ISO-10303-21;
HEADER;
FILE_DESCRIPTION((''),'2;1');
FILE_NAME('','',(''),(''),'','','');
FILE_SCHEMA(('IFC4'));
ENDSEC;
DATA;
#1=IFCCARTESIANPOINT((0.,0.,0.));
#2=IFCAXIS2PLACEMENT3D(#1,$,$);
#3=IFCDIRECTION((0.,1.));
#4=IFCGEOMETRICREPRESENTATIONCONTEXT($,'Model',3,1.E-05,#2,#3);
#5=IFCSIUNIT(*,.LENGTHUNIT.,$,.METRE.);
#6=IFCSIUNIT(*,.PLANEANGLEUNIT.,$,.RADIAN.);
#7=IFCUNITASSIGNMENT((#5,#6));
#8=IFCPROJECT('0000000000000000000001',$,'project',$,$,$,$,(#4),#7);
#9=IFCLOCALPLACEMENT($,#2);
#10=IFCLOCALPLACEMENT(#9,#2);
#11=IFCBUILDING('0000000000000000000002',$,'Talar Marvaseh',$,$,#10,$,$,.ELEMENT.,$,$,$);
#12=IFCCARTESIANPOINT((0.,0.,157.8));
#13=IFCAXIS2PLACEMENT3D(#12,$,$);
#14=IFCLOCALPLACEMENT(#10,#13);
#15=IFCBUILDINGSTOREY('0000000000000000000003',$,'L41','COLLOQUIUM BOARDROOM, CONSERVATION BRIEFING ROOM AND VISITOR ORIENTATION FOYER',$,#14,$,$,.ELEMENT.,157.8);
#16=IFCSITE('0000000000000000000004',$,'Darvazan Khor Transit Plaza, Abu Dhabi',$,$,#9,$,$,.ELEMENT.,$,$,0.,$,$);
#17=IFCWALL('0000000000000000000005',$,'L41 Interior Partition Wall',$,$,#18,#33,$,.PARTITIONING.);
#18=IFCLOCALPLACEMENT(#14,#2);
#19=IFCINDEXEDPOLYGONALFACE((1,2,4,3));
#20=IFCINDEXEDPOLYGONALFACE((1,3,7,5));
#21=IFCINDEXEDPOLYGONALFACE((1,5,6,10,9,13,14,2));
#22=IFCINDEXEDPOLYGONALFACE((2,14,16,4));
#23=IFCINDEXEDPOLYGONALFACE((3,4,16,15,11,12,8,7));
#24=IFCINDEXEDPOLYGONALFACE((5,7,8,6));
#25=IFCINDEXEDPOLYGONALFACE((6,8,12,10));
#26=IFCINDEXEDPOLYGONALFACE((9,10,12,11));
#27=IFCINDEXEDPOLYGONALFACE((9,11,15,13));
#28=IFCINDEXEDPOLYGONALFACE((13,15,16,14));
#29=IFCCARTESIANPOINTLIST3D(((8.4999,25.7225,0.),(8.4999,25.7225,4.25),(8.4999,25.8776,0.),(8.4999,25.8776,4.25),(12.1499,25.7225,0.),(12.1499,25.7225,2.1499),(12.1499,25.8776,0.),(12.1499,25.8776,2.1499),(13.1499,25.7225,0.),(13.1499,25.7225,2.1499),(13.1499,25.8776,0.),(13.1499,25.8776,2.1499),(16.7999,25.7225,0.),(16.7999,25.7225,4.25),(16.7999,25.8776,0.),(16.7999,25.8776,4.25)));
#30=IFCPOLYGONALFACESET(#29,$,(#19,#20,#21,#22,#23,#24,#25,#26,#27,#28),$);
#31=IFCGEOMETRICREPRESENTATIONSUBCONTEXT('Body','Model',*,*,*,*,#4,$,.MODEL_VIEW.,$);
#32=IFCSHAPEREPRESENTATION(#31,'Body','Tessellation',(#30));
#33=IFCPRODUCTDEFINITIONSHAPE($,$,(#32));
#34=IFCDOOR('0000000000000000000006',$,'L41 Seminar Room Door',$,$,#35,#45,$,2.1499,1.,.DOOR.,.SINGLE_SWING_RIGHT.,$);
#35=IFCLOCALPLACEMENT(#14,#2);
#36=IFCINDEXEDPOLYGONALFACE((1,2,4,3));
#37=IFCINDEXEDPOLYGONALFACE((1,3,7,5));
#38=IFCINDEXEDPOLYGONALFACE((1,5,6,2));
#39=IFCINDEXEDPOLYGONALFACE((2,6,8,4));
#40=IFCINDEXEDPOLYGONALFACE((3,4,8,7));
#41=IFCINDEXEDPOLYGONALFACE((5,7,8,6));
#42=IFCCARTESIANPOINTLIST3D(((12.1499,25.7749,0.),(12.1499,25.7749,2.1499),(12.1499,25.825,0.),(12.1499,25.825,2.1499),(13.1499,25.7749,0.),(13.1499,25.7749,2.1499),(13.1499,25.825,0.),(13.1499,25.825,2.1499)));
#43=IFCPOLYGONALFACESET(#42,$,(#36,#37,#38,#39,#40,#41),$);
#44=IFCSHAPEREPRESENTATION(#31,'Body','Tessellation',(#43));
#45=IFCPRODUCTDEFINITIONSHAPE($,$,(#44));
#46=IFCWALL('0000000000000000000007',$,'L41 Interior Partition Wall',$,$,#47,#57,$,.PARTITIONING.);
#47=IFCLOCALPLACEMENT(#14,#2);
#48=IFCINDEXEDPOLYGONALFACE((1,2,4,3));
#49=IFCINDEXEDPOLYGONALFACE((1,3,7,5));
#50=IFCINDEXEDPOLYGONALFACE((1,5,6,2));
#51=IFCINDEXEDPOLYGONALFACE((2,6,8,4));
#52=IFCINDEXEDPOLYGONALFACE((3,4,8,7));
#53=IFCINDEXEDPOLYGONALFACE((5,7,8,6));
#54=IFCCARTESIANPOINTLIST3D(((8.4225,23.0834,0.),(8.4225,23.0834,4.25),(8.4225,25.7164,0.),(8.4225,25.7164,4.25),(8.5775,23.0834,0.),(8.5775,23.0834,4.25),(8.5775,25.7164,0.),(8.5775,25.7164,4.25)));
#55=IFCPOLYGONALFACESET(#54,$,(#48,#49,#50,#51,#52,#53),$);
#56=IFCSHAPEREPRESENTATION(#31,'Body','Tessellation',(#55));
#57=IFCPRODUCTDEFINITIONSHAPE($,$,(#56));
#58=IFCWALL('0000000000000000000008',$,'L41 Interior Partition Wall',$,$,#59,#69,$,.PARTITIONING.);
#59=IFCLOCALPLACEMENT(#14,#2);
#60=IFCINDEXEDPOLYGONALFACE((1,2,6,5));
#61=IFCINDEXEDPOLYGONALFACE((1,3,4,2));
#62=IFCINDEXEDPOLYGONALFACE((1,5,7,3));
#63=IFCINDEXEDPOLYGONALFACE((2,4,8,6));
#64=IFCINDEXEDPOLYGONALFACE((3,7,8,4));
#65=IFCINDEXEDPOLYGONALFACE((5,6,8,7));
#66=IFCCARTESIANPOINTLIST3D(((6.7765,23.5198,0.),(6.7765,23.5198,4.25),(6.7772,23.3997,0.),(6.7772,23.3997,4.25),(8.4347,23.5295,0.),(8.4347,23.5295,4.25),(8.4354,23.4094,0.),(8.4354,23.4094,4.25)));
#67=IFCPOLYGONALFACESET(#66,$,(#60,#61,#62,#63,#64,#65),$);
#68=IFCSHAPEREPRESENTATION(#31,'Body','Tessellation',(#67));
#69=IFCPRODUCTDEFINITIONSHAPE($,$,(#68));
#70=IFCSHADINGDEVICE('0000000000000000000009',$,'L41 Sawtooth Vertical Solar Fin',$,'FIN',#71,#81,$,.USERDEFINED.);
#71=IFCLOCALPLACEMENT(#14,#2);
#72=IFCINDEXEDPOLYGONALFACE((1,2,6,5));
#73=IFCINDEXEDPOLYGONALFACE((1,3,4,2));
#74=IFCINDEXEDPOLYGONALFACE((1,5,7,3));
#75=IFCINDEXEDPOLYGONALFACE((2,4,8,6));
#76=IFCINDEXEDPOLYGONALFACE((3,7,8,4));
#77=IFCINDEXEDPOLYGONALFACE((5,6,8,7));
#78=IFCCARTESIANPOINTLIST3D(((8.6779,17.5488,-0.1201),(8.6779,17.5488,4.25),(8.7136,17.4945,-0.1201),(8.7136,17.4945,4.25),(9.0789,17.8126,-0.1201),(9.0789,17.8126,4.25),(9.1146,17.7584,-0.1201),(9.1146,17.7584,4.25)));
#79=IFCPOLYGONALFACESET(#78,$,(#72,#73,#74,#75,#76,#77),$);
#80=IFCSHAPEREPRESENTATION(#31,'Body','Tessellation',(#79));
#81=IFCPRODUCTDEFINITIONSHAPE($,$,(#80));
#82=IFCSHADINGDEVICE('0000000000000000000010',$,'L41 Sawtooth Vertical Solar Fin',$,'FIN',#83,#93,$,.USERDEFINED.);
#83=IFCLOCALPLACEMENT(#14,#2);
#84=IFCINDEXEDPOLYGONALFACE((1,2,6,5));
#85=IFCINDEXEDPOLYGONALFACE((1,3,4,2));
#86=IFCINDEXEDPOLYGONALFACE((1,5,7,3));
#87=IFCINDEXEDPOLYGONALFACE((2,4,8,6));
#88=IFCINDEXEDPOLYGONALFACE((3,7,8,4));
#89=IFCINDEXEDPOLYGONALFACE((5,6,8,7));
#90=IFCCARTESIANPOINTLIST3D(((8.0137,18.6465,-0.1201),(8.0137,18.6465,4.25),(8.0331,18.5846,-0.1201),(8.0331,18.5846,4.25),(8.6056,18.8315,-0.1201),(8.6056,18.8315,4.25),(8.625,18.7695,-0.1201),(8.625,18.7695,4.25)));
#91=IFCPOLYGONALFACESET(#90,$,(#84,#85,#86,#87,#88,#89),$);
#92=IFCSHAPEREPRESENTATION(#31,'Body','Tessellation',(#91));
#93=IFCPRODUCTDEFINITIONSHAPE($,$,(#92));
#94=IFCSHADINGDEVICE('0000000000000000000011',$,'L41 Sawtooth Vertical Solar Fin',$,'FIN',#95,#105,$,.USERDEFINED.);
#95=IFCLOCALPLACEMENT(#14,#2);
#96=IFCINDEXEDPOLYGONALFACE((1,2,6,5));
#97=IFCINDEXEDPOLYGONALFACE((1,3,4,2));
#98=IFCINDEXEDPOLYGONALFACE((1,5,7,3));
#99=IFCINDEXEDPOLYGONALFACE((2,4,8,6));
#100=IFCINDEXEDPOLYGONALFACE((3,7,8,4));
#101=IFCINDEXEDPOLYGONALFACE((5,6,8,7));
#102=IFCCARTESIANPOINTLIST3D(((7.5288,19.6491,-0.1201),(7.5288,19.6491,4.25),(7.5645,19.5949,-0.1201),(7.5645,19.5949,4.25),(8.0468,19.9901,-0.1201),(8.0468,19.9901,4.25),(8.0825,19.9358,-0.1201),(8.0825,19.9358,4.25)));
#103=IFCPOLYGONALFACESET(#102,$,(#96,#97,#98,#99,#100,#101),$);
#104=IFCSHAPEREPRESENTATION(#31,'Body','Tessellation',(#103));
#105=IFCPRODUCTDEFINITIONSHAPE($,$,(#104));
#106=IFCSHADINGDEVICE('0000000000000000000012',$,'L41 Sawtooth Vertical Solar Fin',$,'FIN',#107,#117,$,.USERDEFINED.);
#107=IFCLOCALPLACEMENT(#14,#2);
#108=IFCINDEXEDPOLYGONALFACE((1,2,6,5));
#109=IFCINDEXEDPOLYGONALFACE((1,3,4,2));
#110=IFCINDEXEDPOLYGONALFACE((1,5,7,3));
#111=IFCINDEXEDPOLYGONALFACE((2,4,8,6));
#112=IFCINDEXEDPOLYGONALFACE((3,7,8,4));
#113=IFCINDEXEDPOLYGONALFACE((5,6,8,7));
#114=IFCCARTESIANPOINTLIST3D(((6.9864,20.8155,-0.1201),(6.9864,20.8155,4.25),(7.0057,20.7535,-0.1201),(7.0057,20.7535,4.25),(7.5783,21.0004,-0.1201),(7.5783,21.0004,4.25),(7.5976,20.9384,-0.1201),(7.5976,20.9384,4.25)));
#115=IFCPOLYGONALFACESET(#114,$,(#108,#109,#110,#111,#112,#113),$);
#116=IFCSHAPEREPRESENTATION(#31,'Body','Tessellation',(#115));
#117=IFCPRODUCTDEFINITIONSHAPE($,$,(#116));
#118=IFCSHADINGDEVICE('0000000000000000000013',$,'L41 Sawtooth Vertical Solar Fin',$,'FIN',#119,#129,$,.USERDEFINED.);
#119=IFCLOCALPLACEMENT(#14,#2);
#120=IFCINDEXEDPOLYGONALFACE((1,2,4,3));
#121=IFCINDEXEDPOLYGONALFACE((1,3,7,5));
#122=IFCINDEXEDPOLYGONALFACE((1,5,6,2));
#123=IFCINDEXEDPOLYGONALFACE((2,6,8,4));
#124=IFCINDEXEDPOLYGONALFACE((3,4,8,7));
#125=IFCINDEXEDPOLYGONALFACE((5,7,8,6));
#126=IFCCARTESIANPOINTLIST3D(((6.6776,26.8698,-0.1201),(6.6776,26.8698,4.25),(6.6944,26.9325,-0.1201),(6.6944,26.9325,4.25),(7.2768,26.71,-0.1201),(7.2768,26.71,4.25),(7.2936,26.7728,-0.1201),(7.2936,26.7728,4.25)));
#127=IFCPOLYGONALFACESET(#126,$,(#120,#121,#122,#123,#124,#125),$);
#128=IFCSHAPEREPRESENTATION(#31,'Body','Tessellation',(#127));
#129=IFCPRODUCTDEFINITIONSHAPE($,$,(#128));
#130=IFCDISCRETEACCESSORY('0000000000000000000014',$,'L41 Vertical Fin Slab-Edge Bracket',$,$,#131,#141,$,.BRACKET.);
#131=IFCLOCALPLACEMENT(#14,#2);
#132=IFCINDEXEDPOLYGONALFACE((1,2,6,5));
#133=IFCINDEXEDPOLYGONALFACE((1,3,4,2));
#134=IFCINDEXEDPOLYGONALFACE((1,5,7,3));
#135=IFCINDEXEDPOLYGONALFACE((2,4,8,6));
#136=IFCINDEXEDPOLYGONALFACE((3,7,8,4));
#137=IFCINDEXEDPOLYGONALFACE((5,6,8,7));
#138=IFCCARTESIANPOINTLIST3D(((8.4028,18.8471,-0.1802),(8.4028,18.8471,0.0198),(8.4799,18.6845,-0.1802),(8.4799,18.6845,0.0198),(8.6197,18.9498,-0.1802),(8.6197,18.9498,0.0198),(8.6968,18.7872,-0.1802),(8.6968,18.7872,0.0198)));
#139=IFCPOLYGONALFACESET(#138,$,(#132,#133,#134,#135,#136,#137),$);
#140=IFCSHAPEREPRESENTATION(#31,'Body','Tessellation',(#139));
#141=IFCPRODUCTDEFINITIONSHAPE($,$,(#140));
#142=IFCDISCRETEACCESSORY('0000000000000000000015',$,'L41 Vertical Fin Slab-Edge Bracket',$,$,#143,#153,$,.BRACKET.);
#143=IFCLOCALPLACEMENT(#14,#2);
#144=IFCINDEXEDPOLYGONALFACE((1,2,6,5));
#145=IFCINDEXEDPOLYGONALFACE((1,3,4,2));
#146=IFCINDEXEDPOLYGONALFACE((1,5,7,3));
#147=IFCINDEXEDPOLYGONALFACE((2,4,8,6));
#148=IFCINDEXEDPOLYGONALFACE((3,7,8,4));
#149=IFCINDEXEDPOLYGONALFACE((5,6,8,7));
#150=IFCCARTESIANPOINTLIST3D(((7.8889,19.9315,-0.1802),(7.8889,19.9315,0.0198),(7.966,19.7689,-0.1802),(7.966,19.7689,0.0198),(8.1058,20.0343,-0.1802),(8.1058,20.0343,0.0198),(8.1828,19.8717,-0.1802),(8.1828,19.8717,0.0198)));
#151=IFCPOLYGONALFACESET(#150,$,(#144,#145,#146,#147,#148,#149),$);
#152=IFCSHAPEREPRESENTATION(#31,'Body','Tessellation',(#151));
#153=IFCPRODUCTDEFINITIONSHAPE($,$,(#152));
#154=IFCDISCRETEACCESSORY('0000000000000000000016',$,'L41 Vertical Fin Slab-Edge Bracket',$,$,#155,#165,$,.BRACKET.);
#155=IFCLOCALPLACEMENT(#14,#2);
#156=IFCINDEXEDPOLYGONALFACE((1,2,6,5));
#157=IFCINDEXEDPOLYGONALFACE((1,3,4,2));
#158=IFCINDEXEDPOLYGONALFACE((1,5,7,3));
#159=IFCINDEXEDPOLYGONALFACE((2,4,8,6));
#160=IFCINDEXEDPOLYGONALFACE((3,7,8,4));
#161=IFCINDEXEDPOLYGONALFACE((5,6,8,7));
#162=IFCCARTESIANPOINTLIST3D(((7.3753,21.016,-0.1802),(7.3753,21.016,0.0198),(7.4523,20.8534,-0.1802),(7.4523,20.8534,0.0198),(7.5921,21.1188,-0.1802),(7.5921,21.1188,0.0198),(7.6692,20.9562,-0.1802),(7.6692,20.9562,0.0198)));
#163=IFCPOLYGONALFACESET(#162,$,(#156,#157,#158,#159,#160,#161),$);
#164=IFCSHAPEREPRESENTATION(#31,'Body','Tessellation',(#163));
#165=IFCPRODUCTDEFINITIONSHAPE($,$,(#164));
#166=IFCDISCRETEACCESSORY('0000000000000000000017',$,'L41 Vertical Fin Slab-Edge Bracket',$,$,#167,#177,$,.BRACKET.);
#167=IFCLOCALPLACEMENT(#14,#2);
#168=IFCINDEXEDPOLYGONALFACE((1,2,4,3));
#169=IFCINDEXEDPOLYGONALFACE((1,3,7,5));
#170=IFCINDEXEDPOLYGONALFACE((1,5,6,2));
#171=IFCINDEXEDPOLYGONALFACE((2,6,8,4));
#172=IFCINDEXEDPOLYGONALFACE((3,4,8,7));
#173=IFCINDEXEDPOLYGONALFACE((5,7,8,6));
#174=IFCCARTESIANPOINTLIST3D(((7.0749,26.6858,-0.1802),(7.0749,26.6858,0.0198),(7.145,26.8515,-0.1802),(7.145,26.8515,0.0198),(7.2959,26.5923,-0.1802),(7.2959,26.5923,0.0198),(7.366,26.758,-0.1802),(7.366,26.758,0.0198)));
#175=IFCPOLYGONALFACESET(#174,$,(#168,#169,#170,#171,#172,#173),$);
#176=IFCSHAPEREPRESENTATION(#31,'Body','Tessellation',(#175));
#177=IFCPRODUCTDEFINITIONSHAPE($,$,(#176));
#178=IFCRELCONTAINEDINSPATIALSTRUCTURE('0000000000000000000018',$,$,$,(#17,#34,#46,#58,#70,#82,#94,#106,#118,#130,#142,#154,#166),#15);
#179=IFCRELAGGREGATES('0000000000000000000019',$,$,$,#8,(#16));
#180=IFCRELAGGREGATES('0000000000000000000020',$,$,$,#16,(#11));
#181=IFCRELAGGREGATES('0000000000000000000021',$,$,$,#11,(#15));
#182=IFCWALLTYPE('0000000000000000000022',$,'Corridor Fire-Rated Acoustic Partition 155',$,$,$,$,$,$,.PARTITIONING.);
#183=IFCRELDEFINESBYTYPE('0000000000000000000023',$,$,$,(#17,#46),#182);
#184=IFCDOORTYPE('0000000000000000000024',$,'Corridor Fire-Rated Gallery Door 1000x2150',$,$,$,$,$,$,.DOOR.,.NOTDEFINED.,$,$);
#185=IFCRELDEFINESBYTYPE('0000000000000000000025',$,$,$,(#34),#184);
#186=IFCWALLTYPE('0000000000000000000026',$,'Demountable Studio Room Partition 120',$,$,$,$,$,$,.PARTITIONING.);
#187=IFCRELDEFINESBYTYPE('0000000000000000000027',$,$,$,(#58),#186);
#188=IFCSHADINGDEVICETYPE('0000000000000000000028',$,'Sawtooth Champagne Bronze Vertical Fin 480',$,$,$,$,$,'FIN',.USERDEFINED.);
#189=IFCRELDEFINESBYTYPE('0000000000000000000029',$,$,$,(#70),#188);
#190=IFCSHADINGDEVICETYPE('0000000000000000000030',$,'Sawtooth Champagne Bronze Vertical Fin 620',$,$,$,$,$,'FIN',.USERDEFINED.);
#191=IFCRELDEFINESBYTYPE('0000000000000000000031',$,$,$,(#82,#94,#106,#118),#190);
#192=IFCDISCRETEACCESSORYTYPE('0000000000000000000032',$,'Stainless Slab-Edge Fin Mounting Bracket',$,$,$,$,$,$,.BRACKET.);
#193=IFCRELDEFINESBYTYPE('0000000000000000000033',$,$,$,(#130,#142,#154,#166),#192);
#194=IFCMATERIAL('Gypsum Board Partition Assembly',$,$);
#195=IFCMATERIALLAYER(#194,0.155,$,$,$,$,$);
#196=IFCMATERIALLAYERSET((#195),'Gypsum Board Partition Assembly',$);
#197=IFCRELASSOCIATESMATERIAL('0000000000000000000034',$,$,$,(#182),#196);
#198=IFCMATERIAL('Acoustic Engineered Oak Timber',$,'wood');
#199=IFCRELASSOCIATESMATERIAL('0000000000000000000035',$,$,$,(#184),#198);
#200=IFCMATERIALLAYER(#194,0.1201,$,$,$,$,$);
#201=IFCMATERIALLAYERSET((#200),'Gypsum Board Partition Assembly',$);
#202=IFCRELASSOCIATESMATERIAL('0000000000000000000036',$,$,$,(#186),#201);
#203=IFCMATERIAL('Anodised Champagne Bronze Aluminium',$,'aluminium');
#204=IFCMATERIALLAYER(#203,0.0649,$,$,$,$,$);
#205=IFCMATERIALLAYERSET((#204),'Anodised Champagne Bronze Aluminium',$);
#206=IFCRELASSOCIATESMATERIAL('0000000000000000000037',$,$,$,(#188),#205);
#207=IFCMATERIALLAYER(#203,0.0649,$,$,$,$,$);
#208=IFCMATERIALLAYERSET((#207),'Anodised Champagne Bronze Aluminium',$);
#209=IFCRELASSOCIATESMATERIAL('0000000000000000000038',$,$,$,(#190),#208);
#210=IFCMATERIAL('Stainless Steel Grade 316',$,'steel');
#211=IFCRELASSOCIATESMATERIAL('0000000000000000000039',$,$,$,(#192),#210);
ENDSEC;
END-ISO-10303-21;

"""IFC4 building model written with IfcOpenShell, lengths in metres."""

from ifc_helpers import new_model, si_unit, direction, frame, frame_2d, origin, origin_2d, place, context, subcontext, project, spatial, rectangle, extrude, source, transform, mapped, material, layer, layer_set, type_object, type_shapes, element, fill, save


model = new_model("IFC4")

# Units and contexts
model_context = context("Model", 3, precision=1e-05, world=origin(), true_north=direction((0.0, 1.0)))
body_context = subcontext(model_context, "Body", "Model", "MODEL_VIEW")
ifc_project = project(units=[si_unit("LENGTHUNIT", "METRE"), si_unit("PLANEANGLEUNIT", "RADIAN")], contexts=[model_context])

# Site, building, storey
site_placement = place(None, origin())
site = spatial("IfcSite", under=ifc_project, at=site_placement, Name="Darvazan Khor Transit Plaza, Abu Dhabi", CompositionType="ELEMENT", RefElevation=0.0)
building_placement = place(site_placement, origin())
building = spatial("IfcBuilding", under=site, at=building_placement, Name="Talar Marvaseh", CompositionType="ELEMENT")
storey_placement = place(building_placement, frame((0.0, 0.0, 157.8)))
storey = spatial("IfcBuildingStorey", under=building, at=storey_placement, Name="L41", Description="COLLOQUIUM BOARDROOM, CONSERVATION BRIEFING ROOM AND VISITOR ORIENTATION FOYER", CompositionType="ELEMENT", Elevation=157.8)

# Wall, opening, door
ifc_material_1 = material(Name="Gypsum Board Partition Assembly")
ifc_layer_1 = layer(ifc_material_1, 0.155)
ifc_layer_set_1 = layer_set([ifc_layer_1], Name="Gypsum Board Partition Assembly")
wall_type_1 = type_object("IfcWallType", Name="Corridor Fire-Rated Acoustic Partition 155", PredefinedType="PARTITIONING", material=ifc_layer_set_1)
wall_1_placement = place(storey_placement, frame((8.5, 25.8, 0.0), z_axis=(0.0, 0.0, 1.0), x_axis=(1.0, 0.0, 0.0)))
wall_1 = element("IfcWall", 1, at=wall_1_placement, inside=storey, type_object=wall_type_1, Name="L41 Interior Partition Wall", PredefinedType="PARTITIONING", context=body_context, shape_type="SweptSolid", body=[
    extrude(rectangle(XDim=8.3, YDim=0.155, at=frame_2d((4.1499, 0.0))), origin(), (0.0, 0.0, 1.0), 4.25),
])
opening_placement = place(wall_1_placement, frame((3.6499, 0.0, 0.0)))
opening = element("IfcOpeningElement", 2, at=opening_placement, cuts=wall_1, PredefinedType="OPENING", context=body_context, shape_type="SweptSolid", body=[
    extrude(rectangle(XDim=1.0, YDim=2.1499, at=frame_2d((0.5, 1.075))), frame((0.0, 0.0874, 0.0), z_axis=(0.0, -1.0, 0.0), x_axis=(1.0, 0.0, 0.0)), (0.0, 0.0, 1.0), 0.175),
])
ifc_material_2 = material(Name="Acoustic Engineered Oak Timber", Category="wood")
door_type = type_object("IfcDoorType", Name="Corridor Fire-Rated Gallery Door 1000x2150", OperationType="NOTDEFINED", PredefinedType="DOOR", material=ifc_material_2)
shared_shape_1 = source(origin(), body_context, "Body", "SweptSolid", [
    extrude(rectangle(XDim=1.0, YDim=2.1499, at=frame_2d((0.5, 1.075))), frame((0.0, 0.0249, 0.0), z_axis=(0.0, -1.0, 0.0), x_axis=(1.0, 0.0, 0.0)), (0.0, 0.0, 1.0), 0.05),
])
type_shapes(door_type, [shared_shape_1])
door_placement = place(opening_placement, origin())
door = element("IfcDoor", 3, at=door_placement, inside=storey, type_object=door_type, Name="L41 Seminar Room Door", OperationType="SINGLE_SWING_RIGHT", OverallHeight=2.1499, OverallWidth=1.0, PredefinedType="DOOR", context=body_context, shape_type="MappedRepresentation", body=[
    mapped(shared_shape_1, transform((0.0, 0.0, 0.0), x_axis=(1.0, 0.0, 0.0), y_axis=(0.0, 1.0, 0.0), z_axis=(0.0, 0.0, 1.0), scale=1.0)),
])
fill(opening, door)

# Walls
wall_2_placement = place(storey_placement, frame((8.5, 23.0835, 0.0), z_axis=(0.0, 0.0, 1.0), x_axis=(0.0, 1.0, 0.0)))
element("IfcWall", 4, at=wall_2_placement, inside=storey, type_object=wall_type_1, Name="L41 Interior Partition Wall", PredefinedType="PARTITIONING", context=body_context, shape_type="SweptSolid", body=[
    extrude(rectangle(XDim=2.6331, YDim=0.155, at=frame_2d((1.3164, 0.0))), origin(), (0.0, 0.0, 1.0), 4.25),
])
ifc_layer_2 = layer(ifc_material_1, 0.1201)
ifc_layer_set_2 = layer_set([ifc_layer_2], Name="Gypsum Board Partition Assembly")
wall_type_2 = type_object("IfcWallType", Name="Demountable Studio Room Partition 120", PredefinedType="PARTITIONING", material=ifc_layer_set_2)
wall_3_placement = place(storey_placement, frame((8.4351, 23.4695, 0.0), z_axis=(0.0, 0.0, 1.0), x_axis=(-0.999983, -0.005889, 0.0)))
element("IfcWall", 5, at=wall_3_placement, inside=storey, type_object=wall_type_2, Name="L41 Interior Partition Wall", PredefinedType="PARTITIONING", context=body_context, shape_type="SweptSolid", body=[
    extrude(rectangle(XDim=1.6582, YDim=0.1201, at=frame_2d((0.8291, 0.0))), origin(), (0.0, 0.0, 1.0), 4.25),
])

# Shading devices
ifc_material_3 = material(Name="Anodised Champagne Bronze Aluminium", Category="aluminium")
ifc_layer_3 = layer(ifc_material_3, 0.0649)
ifc_layer_set_3 = layer_set([ifc_layer_3], Name="Anodised Champagne Bronze Aluminium")
shading_device_type_1 = type_object("IfcShadingDeviceType", Name="Sawtooth Champagne Bronze Vertical Fin 480", ElementType="FIN", PredefinedType="USERDEFINED", material=ifc_layer_set_3)
shared_shape_2 = source(origin(), body_context, "Body", "SweptSolid", [
    extrude(rectangle(XDim=0.48, YDim=0.0649, at=origin_2d()), origin(), (0.0, 0.0, 1.0), 4.3701),
])
type_shapes(shading_device_type_1, [shared_shape_2])
shading_device_placement = place(storey_placement, frame((8.8962, 17.6536, -0.1201), z_axis=(0.0, 0.0, 1.0), x_axis=(-0.835328, -0.549752, 0.0)))
element("IfcShadingDevice", 6, at=shading_device_placement, inside=storey, type_object=shading_device_type_1, Name="L41 Sawtooth Vertical Solar Fin", ObjectType="FIN", PredefinedType="USERDEFINED", context=body_context, shape_type="MappedRepresentation", body=[
    mapped(shared_shape_2, transform((0.0, 0.0, 0.0), x_axis=(1.0, 0.0, 0.0), y_axis=(0.0, 1.0, 0.0), z_axis=(0.0, 0.0, 1.0), scale=1.0)),
])
ifc_layer_4 = layer(ifc_material_3, 0.0649)
ifc_layer_set_4 = layer_set([ifc_layer_4], Name="Anodised Champagne Bronze Aluminium")
shading_device_type_2 = type_object("IfcShadingDeviceType", Name="Sawtooth Champagne Bronze Vertical Fin 620", ElementType="FIN", PredefinedType="USERDEFINED", material=ifc_layer_set_4)
shared_shape_3 = source(origin(), body_context, "Body", "SweptSolid", [
    extrude(rectangle(XDim=0.6201, YDim=0.0649, at=origin_2d()), origin(), (0.0, 0.0, 1.0), 4.3701),
])
type_shapes(shading_device_type_2, [shared_shape_3])
for number, where, z_axis, x_axis, name in (
    (7, (8.3193, 18.708, -0.1201), (0.0, 0.0, 1.0), (-0.954501, -0.298208, 0.0), "L41 Sawtooth Vertical Solar Fin"),
    (8, (7.8057, 19.7925, -0.1201), (0.0, 0.0, 1.0), (-0.835328, -0.549752, 0.0), "L41 Sawtooth Vertical Solar Fin"),
    (9, (7.292, 20.877, -0.1201), (0.0, 0.0, 1.0), (-0.954501, -0.298208, 0.0), "L41 Sawtooth Vertical Solar Fin"),
    (10, (6.9856, 26.8213, -0.1201), (0.0, 0.0, 1.0), (-0.966241, 0.257639, 0.0), "L41 Sawtooth Vertical Solar Fin"),
):
    element("IfcShadingDevice", number, at=place(storey_placement, frame(where, z_axis=z_axis, x_axis=x_axis)), inside=storey, type_object=shading_device_type_2, Name=name, ObjectType="FIN", PredefinedType="USERDEFINED", context=body_context, shape_type="MappedRepresentation", body=[
        mapped(shared_shape_3, transform((0.0, 0.0, 0.0), x_axis=(1.0, 0.0, 0.0), y_axis=(0.0, 1.0, 0.0), z_axis=(0.0, 0.0, 1.0), scale=1.0)),
    ])

# Discrete accessories
ifc_material_4 = material(Name="Stainless Steel Grade 316", Category="steel")
discrete_accessory_type = type_object("IfcDiscreteAccessoryType", Name="Stainless Slab-Edge Fin Mounting Bracket", PredefinedType="BRACKET", material=ifc_material_4)
shared_shape_4 = source(origin(), body_context, "Body", "SweptSolid", [
    extrude(rectangle(XDim=0.24, YDim=0.1799, at=origin_2d()), origin(), (0.0, 0.0, 1.0), 0.2),
])
type_shapes(discrete_accessory_type, [shared_shape_4])
for number, where, z_axis, x_axis, name in (
    (11, (8.5498, 18.8171, -0.1802), (0.0, 0.0, 1.0), (-0.903709, -0.428147, 0.0), "L41 Vertical Fin Slab-Edge Bracket"),
    (12, (8.0359, 19.9016, -0.1802), (0.0, 0.0, 1.0), (-0.903709, -0.428147, 0.0), "L41 Vertical Fin Slab-Edge Bracket"),
    (13, (7.5222, 20.9861, -0.1802), (0.0, 0.0, 1.0), (-0.903709, -0.428147, 0.0), "L41 Vertical Fin Slab-Edge Bracket"),
    (14, (7.2205, 26.7219, -0.1802), (0.0, 0.0, 1.0), (-0.920982, 0.389606, 0.0), "L41 Vertical Fin Slab-Edge Bracket"),
):
    element("IfcDiscreteAccessory", number, at=place(storey_placement, frame(where, z_axis=z_axis, x_axis=x_axis)), inside=storey, type_object=discrete_accessory_type, Name=name, PredefinedType="BRACKET", context=body_context, shape_type="MappedRepresentation", body=[
        mapped(shared_shape_4, transform((0.0, 0.0, 0.0), x_axis=(1.0, 0.0, 0.0), y_axis=(0.0, 1.0, 0.0), z_axis=(0.0, 0.0, 1.0), scale=1.0)),
    ])

save(model, "model.ifc")
